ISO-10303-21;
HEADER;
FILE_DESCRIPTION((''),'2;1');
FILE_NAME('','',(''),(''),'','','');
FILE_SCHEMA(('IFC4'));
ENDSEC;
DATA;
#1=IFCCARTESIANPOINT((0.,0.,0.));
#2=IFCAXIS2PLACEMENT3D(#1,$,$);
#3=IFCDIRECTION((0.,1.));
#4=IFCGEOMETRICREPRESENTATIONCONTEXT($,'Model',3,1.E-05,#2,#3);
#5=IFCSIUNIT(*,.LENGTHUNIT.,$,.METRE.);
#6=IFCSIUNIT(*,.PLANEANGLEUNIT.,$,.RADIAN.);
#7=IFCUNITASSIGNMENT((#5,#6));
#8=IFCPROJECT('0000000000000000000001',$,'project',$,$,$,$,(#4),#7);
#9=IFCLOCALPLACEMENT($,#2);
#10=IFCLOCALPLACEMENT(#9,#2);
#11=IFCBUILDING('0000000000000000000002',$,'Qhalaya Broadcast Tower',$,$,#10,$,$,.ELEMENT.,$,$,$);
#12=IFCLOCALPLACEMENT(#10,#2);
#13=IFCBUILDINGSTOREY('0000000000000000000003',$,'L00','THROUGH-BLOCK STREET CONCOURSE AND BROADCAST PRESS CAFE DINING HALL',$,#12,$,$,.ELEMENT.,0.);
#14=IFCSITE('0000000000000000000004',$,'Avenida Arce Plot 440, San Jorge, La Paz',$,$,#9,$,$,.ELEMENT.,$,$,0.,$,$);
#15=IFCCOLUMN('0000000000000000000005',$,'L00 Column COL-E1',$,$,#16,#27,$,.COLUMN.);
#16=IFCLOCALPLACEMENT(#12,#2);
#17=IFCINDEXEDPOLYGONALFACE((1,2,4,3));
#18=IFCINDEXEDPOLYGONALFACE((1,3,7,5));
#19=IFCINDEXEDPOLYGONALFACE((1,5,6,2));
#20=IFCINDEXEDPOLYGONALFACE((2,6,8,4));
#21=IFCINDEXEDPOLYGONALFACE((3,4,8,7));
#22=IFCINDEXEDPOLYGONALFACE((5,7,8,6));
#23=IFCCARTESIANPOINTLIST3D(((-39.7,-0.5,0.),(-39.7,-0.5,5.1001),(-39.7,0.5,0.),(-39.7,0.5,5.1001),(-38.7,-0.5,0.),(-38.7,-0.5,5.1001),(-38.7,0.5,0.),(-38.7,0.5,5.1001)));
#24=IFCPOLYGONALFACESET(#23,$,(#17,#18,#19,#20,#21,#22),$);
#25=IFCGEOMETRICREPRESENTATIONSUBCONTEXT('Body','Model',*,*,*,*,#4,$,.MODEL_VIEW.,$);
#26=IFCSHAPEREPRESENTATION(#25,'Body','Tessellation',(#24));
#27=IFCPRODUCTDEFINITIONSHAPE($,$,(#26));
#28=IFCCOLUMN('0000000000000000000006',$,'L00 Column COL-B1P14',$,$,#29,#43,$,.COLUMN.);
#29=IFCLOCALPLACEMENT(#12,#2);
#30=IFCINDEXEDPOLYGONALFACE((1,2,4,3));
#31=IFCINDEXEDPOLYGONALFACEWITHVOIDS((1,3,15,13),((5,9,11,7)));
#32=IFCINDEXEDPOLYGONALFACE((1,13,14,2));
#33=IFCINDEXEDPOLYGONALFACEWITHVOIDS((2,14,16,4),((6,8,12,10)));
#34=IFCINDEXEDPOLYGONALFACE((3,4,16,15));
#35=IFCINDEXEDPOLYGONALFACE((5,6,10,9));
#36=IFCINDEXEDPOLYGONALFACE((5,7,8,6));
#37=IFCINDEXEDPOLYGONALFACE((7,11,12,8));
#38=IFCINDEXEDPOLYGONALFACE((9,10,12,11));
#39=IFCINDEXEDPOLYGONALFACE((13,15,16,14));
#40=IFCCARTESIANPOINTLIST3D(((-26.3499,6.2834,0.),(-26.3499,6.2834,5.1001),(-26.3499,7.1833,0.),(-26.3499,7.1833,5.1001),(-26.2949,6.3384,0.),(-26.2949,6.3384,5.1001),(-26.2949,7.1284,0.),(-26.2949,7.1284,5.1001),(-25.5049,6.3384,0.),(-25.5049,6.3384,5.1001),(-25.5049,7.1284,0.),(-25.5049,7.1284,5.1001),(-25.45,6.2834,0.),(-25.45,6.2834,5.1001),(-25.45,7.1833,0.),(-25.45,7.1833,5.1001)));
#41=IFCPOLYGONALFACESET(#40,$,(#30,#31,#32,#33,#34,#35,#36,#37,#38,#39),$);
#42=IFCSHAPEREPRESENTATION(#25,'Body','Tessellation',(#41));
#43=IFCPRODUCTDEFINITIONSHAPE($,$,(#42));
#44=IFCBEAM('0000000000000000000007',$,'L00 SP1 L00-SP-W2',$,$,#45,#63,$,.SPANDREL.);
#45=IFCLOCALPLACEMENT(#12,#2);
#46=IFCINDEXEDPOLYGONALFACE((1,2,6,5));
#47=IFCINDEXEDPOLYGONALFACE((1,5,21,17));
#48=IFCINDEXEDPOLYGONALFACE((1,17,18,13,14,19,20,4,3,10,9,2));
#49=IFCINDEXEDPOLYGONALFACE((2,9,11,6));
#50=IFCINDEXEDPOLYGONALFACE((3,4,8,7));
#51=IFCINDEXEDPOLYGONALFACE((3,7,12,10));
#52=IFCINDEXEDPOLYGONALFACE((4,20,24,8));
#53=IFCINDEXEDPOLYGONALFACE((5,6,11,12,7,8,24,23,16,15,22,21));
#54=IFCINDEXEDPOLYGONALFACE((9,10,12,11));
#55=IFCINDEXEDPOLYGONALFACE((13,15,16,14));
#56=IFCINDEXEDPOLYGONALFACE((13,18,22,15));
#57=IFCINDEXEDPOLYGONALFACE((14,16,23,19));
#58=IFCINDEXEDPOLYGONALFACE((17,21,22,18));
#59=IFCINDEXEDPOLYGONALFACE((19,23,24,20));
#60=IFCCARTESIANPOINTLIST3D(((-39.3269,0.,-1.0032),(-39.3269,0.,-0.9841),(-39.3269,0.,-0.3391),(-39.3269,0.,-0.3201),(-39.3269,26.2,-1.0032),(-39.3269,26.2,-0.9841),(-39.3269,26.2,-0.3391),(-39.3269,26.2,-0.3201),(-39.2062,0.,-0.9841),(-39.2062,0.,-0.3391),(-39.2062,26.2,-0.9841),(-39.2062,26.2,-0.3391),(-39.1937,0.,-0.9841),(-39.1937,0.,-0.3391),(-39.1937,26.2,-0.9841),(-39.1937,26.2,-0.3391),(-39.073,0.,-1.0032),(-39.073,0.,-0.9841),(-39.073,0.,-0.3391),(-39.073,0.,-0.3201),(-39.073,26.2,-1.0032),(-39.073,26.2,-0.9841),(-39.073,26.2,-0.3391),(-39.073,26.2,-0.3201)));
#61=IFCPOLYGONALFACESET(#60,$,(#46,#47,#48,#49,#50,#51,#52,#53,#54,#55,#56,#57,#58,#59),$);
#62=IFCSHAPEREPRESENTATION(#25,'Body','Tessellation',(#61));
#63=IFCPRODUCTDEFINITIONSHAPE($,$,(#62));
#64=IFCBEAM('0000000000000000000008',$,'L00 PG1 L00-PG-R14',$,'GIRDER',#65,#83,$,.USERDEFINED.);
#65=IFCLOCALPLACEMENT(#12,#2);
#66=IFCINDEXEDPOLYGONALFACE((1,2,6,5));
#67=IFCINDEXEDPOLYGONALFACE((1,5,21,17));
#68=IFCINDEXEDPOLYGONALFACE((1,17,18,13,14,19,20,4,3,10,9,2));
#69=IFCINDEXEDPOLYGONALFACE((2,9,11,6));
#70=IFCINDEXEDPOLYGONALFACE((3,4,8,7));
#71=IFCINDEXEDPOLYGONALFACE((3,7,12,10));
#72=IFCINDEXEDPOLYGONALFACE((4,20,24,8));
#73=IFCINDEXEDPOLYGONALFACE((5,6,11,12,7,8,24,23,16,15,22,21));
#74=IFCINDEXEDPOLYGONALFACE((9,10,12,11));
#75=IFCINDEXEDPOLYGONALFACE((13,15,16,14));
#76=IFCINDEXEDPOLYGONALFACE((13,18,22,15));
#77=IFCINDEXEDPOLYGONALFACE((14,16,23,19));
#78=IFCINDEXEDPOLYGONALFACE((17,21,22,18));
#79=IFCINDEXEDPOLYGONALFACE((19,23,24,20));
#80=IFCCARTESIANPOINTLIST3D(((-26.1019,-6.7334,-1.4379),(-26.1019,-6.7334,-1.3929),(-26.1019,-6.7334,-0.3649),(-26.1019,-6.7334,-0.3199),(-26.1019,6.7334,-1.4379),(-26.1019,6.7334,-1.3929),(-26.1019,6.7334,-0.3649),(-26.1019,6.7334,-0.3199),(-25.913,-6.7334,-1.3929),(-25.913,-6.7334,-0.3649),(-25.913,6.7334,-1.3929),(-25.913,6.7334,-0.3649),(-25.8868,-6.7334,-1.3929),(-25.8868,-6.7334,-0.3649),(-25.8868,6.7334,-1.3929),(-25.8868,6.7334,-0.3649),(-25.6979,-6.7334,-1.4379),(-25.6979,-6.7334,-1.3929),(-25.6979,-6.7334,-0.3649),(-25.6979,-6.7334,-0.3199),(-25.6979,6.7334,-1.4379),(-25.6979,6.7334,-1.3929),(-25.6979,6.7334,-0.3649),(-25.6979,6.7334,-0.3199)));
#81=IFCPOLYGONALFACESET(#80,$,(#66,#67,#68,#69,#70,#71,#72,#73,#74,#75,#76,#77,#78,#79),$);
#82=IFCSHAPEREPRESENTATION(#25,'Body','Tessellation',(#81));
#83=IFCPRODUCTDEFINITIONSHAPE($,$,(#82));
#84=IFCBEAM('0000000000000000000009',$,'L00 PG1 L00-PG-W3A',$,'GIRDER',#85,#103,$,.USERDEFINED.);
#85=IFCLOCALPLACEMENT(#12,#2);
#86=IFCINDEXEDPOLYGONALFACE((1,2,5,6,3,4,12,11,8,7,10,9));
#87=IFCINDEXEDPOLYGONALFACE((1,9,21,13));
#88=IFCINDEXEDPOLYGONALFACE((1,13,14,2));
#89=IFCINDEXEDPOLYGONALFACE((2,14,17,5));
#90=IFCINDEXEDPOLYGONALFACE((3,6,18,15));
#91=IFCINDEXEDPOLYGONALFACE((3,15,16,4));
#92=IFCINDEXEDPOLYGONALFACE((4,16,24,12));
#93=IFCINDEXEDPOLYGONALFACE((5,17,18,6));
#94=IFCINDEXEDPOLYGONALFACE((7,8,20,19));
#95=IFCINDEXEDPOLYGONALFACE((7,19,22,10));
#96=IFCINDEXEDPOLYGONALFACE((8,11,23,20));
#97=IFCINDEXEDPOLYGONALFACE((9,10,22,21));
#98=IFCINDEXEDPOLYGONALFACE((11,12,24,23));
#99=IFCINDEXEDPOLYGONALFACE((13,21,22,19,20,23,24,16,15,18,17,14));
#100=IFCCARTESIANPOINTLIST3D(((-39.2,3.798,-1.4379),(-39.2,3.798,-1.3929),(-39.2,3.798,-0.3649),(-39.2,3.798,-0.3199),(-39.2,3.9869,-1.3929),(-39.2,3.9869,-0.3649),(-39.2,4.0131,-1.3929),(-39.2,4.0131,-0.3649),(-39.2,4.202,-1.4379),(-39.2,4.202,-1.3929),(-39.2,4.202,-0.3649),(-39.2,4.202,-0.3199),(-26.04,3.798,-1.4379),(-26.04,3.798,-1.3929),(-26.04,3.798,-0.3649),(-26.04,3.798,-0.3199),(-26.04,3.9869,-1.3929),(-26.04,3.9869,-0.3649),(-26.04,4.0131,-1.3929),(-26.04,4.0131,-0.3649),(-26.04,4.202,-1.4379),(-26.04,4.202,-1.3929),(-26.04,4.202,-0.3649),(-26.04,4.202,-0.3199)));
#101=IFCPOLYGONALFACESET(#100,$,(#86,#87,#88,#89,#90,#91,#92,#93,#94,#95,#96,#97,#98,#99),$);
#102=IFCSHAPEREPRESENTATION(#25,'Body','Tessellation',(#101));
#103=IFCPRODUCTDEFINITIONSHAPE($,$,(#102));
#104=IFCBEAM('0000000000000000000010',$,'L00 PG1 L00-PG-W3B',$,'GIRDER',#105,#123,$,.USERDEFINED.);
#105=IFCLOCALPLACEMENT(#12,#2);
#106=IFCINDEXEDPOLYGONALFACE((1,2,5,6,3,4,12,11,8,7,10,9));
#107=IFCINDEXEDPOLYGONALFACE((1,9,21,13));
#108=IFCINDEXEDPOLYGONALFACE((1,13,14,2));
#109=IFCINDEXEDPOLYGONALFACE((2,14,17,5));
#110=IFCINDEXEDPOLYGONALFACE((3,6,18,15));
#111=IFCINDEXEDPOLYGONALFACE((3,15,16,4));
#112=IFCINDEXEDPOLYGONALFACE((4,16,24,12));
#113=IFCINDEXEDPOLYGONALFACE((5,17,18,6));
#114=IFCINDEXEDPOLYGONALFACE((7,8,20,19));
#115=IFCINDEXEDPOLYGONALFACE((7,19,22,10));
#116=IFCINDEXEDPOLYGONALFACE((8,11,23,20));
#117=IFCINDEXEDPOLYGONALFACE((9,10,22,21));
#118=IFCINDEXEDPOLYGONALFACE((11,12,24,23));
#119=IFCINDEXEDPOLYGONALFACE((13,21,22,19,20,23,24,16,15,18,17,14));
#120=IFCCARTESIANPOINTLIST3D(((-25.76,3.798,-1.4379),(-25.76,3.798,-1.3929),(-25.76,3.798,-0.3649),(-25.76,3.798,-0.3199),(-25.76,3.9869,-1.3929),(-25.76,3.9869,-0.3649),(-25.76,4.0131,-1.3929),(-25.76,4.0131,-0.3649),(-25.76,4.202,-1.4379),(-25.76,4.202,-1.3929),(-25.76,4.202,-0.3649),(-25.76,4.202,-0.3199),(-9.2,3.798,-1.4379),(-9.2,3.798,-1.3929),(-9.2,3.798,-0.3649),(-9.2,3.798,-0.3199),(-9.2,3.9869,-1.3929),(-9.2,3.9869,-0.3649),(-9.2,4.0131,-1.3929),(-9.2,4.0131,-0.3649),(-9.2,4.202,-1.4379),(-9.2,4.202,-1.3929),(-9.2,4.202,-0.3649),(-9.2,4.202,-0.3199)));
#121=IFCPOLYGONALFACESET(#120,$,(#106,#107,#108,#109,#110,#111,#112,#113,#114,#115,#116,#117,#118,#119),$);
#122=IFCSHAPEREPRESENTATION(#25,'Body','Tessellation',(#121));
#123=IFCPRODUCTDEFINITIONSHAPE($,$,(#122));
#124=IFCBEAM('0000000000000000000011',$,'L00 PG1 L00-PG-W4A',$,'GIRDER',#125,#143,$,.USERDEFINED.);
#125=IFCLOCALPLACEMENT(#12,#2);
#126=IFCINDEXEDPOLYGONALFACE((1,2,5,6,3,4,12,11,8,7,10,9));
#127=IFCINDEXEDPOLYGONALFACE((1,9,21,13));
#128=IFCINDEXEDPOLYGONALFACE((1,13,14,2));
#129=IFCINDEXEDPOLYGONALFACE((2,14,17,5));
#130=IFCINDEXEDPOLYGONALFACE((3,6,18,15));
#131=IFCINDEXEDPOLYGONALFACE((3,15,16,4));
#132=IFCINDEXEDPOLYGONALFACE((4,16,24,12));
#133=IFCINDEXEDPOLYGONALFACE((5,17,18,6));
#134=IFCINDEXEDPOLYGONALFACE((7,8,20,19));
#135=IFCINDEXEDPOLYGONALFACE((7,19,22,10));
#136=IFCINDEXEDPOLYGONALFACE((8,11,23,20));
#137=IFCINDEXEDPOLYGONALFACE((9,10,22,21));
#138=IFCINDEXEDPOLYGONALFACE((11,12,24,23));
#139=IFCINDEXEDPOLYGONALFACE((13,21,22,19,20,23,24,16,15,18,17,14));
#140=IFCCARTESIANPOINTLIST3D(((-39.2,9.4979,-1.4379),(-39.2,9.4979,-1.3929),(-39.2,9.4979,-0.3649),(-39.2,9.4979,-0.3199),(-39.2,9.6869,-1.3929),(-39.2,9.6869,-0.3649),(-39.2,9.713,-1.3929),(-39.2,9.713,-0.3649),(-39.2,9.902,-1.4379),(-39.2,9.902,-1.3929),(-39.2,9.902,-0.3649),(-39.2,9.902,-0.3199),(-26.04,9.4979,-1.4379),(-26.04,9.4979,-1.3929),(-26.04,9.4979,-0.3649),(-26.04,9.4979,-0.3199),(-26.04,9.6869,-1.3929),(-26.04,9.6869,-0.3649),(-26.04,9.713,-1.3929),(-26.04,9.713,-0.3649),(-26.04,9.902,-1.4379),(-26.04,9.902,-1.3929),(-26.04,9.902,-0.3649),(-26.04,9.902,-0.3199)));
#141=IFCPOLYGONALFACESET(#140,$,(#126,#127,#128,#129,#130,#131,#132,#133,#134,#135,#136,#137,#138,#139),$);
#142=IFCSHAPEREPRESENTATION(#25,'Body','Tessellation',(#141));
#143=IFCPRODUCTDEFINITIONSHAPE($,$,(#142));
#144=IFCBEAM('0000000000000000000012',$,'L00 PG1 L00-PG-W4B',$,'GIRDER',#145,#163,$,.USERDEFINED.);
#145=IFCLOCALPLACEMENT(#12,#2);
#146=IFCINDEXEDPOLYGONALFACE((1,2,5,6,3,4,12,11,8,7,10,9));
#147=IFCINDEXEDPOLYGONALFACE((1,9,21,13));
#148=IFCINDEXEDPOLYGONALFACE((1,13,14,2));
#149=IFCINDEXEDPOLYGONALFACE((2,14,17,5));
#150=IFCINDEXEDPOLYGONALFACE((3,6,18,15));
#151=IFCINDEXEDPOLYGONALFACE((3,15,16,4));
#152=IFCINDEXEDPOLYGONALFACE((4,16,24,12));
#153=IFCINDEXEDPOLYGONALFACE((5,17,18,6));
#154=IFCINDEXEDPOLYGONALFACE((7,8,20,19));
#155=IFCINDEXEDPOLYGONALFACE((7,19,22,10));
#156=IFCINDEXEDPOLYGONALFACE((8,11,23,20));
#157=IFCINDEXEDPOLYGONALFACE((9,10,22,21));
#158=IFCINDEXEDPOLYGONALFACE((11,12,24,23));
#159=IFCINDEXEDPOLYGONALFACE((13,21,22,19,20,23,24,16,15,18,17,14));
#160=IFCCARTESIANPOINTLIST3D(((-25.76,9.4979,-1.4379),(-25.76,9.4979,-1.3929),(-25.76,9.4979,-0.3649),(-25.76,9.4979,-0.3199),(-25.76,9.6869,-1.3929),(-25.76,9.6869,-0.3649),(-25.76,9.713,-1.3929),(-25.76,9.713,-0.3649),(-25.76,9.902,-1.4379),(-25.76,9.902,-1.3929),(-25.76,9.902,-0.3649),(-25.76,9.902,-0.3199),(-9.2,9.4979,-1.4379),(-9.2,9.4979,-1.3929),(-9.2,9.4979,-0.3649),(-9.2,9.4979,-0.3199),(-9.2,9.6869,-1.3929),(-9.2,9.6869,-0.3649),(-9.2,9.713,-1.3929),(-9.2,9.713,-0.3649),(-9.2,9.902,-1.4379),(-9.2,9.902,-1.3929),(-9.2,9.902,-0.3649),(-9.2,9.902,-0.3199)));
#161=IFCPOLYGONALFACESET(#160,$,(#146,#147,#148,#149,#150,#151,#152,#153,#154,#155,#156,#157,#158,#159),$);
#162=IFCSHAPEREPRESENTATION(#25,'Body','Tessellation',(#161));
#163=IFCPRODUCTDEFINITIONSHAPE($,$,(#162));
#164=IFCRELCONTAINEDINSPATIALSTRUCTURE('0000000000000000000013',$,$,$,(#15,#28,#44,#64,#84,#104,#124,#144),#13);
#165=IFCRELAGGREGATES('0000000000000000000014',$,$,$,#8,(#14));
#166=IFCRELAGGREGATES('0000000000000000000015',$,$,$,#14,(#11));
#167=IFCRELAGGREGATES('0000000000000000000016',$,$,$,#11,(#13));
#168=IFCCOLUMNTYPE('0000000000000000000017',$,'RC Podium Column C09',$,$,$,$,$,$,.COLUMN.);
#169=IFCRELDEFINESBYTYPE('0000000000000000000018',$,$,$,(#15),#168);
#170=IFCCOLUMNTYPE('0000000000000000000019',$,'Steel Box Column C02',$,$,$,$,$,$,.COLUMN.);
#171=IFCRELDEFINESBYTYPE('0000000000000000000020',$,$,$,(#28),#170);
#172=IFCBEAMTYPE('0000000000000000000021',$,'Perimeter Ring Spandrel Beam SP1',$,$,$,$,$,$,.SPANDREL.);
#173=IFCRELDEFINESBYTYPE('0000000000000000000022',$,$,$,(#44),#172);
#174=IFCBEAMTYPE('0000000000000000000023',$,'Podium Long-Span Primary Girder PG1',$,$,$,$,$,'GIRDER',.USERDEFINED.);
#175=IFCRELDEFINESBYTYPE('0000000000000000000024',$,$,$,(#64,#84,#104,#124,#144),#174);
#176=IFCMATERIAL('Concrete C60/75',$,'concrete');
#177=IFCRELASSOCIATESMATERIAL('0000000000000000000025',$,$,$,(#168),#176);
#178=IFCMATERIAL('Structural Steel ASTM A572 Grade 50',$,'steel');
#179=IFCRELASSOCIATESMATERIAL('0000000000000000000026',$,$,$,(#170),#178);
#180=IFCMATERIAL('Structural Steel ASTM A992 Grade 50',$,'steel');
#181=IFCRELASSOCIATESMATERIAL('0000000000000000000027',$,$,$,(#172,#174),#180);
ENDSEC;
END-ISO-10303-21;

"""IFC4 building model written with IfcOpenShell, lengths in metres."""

from ifc_helpers import new_model, si_unit, direction, frame, origin, origin_2d, place, context, subcontext, project, spatial, rectangle, hollow_rectangle, i_section, extrude, material, material_profile, profile_set, type_object, element, save


model = new_model("IFC4")

# Units and contexts
model_context = context("Model", 3, precision=1e-05, world=origin(), true_north=direction((0.0, 1.0)))
body_context = subcontext(model_context, "Body", "Model", "MODEL_VIEW")
ifc_project = project(units=[si_unit("LENGTHUNIT", "METRE"), si_unit("PLANEANGLEUNIT", "RADIAN")], contexts=[model_context])

# Site, building, storey
site_placement = place(None, origin())
site = spatial("IfcSite", under=ifc_project, at=site_placement, Name="Avenida Arce Plot 440, San Jorge, La Paz", CompositionType="ELEMENT", RefElevation=0.0)
building_placement = place(site_placement, origin())
building = spatial("IfcBuilding", under=site, at=building_placement, Name="Qhalaya Broadcast Tower", CompositionType="ELEMENT")
storey_placement = place(building_placement, origin())
storey = spatial("IfcBuildingStorey", under=building, at=storey_placement, Name="L00", Description="THROUGH-BLOCK STREET CONCOURSE AND BROADCAST PRESS CAFE DINING HALL", CompositionType="ELEMENT", Elevation=0.0)

# Columns
ifc_material_1 = material(Name="Concrete C60/75", Category="concrete")
ifc_material_profile_1 = material_profile(ifc_material_1, rectangle(XDim=1.0, YDim=1.0, at=origin_2d()), Name="RC-COL 1000x1000")
ifc_profile_set_1 = profile_set([ifc_material_profile_1], Name="Concrete C60/75")
column_type_1 = type_object("IfcColumnType", Name="RC Podium Column C09", PredefinedType="COLUMN", material=ifc_profile_set_1)
column_1_placement = place(storey_placement, frame((-39.2, 0.0, 0.0), z_axis=(0.0, 0.0, 1.0), x_axis=(1.0, 0.0, 0.0)))
element("IfcColumn", 1, at=column_1_placement, inside=storey, type_object=column_type_1, Name="L00 Column COL-E1", PredefinedType="COLUMN", context=body_context, shape_type="SweptSolid", body=[
    extrude(rectangle(XDim=1.0, YDim=1.0, at=origin_2d()), origin(), (0.0, 0.0, 1.0), 5.1001),
])
ifc_material_2 = material(Name="Structural Steel ASTM A572 Grade 50", Category="steel")
ifc_material_profile_2 = material_profile(ifc_material_2, hollow_rectangle(XDim=0.8999, YDim=0.8999, WallThickness=0.0549, at=origin_2d()), Name="BOX 900x900x55")
ifc_profile_set_2 = profile_set([ifc_material_profile_2], Name="Structural Steel ASTM A572 Grade 50")
column_type_2 = type_object("IfcColumnType", Name="Steel Box Column C02", PredefinedType="COLUMN", material=ifc_profile_set_2)
column_2_placement = place(storey_placement, frame((-25.8999, 6.7334, 0.0), z_axis=(0.0, 0.0, 1.0), x_axis=(0.0, 1.0, 0.0)))
element("IfcColumn", 2, at=column_2_placement, inside=storey, type_object=column_type_2, Name="L00 Column COL-B1P14", PredefinedType="COLUMN", context=body_context, shape_type="SweptSolid", body=[
    extrude(hollow_rectangle(XDim=0.8999, YDim=0.8999, WallThickness=0.0549, at=origin_2d()), origin(), (0.0, 0.0, 1.0), 5.1001),
])

# Beams
ifc_material_3 = material(Name="Structural Steel ASTM A992 Grade 50", Category="steel")
ifc_material_profile_3 = material_profile(ifc_material_3, i_section(OverallWidth=0.2539, OverallDepth=0.6831, WebThickness=0.0125, FlangeThickness=0.019, at=origin_2d()), Name="W27X94")
ifc_profile_set_3 = profile_set([ifc_material_profile_3], Name="Structural Steel ASTM A992 Grade 50")
beam_type_1 = type_object("IfcBeamType", Name="Perimeter Ring Spandrel Beam SP1", PredefinedType="SPANDREL", material=ifc_profile_set_3)
beam_1_placement = place(storey_placement, frame((-39.2, 0.0, -0.6616), z_axis=(0.0, 1.0, 0.0), x_axis=(-1.0, 0.0, 0.0)))
element("IfcBeam", 3, at=beam_1_placement, inside=storey, type_object=beam_type_1, Name="L00 SP1 L00-SP-W2", PredefinedType="SPANDREL", context=body_context, shape_type="SweptSolid", body=[
    extrude(i_section(OverallWidth=0.2539, OverallDepth=0.6831, WebThickness=0.0125, FlangeThickness=0.019, at=origin_2d()), origin(), (0.0, 0.0, 1.0), 26.2),
])
ifc_material_profile_4 = material_profile(ifc_material_3, i_section(OverallWidth=0.4041, OverallDepth=1.1179, WebThickness=0.0261, FlangeThickness=0.0449, at=origin_2d()), Name="W44X335")
ifc_profile_set_4 = profile_set([ifc_material_profile_4], Name="Structural Steel ASTM A992 Grade 50")
beam_type_2 = type_object("IfcBeamType", Name="Podium Long-Span Primary Girder PG1", ElementType="GIRDER", PredefinedType="USERDEFINED", material=ifc_profile_set_4)
beam_2_placement = place(storey_placement, frame((-25.8999, 6.7334, -0.8789), z_axis=(0.0, -1.0, 0.0), x_axis=(1.0, 0.0, 0.0)))
element("IfcBeam", 4, at=beam_2_placement, inside=storey, type_object=beam_type_2, Name="L00 PG1 L00-PG-R14", ObjectType="GIRDER", PredefinedType="USERDEFINED", context=body_context, shape_type="SweptSolid", body=[
    extrude(i_section(OverallWidth=0.4041, OverallDepth=1.1179, WebThickness=0.0261, FlangeThickness=0.0449, at=origin_2d()), origin(), (0.0, 0.0, 1.0), 13.4668),
])
beam_3_placement = place(storey_placement, frame((-39.2, 4.0, -0.8789), z_axis=(1.0, 0.0, 0.0), x_axis=(0.0, 1.0, 0.0)))
element("IfcBeam", 5, at=beam_3_placement, inside=storey, type_object=beam_type_2, Name="L00 PG1 L00-PG-W3A", ObjectType="GIRDER", PredefinedType="USERDEFINED", context=body_context, shape_type="SweptSolid", body=[
    extrude(i_section(OverallWidth=0.4041, OverallDepth=1.1179, WebThickness=0.0261, FlangeThickness=0.0449, at=origin_2d()), origin(), (0.0, 0.0, 1.0), 13.1599),
])
beam_4_placement = place(storey_placement, frame((-25.76, 4.0, -0.8789), z_axis=(1.0, 0.0, 0.0), x_axis=(0.0, 1.0, 0.0)))
element("IfcBeam", 6, at=beam_4_placement, inside=storey, type_object=beam_type_2, Name="L00 PG1 L00-PG-W3B", ObjectType="GIRDER", PredefinedType="USERDEFINED", context=body_context, shape_type="SweptSolid", body=[
    extrude(i_section(OverallWidth=0.4041, OverallDepth=1.1179, WebThickness=0.0261, FlangeThickness=0.0449, at=origin_2d()), origin(), (0.0, 0.0, 1.0), 16.5601),
])
beam_5_placement = place(storey_placement, frame((-39.2, 9.7, -0.8789), z_axis=(1.0, 0.0, 0.0), x_axis=(0.0, 1.0, 0.0)))
element("IfcBeam", 7, at=beam_5_placement, inside=storey, type_object=beam_type_2, Name="L00 PG1 L00-PG-W4A", ObjectType="GIRDER", PredefinedType="USERDEFINED", context=body_context, shape_type="SweptSolid", body=[
    extrude(i_section(OverallWidth=0.4041, OverallDepth=1.1179, WebThickness=0.0261, FlangeThickness=0.0449, at=origin_2d()), origin(), (0.0, 0.0, 1.0), 13.1599),
])
beam_6_placement = place(storey_placement, frame((-25.76, 9.7, -0.8789), z_axis=(1.0, 0.0, 0.0), x_axis=(0.0, 1.0, 0.0)))
element("IfcBeam", 8, at=beam_6_placement, inside=storey, type_object=beam_type_2, Name="L00 PG1 L00-PG-W4B", ObjectType="GIRDER", PredefinedType="USERDEFINED", context=body_context, shape_type="SweptSolid", body=[
    extrude(i_section(OverallWidth=0.4041, OverallDepth=1.1179, WebThickness=0.0261, FlangeThickness=0.0449, at=origin_2d()), origin(), (0.0, 0.0, 1.0), 16.5601),
])

save(model, "model.ifc")
